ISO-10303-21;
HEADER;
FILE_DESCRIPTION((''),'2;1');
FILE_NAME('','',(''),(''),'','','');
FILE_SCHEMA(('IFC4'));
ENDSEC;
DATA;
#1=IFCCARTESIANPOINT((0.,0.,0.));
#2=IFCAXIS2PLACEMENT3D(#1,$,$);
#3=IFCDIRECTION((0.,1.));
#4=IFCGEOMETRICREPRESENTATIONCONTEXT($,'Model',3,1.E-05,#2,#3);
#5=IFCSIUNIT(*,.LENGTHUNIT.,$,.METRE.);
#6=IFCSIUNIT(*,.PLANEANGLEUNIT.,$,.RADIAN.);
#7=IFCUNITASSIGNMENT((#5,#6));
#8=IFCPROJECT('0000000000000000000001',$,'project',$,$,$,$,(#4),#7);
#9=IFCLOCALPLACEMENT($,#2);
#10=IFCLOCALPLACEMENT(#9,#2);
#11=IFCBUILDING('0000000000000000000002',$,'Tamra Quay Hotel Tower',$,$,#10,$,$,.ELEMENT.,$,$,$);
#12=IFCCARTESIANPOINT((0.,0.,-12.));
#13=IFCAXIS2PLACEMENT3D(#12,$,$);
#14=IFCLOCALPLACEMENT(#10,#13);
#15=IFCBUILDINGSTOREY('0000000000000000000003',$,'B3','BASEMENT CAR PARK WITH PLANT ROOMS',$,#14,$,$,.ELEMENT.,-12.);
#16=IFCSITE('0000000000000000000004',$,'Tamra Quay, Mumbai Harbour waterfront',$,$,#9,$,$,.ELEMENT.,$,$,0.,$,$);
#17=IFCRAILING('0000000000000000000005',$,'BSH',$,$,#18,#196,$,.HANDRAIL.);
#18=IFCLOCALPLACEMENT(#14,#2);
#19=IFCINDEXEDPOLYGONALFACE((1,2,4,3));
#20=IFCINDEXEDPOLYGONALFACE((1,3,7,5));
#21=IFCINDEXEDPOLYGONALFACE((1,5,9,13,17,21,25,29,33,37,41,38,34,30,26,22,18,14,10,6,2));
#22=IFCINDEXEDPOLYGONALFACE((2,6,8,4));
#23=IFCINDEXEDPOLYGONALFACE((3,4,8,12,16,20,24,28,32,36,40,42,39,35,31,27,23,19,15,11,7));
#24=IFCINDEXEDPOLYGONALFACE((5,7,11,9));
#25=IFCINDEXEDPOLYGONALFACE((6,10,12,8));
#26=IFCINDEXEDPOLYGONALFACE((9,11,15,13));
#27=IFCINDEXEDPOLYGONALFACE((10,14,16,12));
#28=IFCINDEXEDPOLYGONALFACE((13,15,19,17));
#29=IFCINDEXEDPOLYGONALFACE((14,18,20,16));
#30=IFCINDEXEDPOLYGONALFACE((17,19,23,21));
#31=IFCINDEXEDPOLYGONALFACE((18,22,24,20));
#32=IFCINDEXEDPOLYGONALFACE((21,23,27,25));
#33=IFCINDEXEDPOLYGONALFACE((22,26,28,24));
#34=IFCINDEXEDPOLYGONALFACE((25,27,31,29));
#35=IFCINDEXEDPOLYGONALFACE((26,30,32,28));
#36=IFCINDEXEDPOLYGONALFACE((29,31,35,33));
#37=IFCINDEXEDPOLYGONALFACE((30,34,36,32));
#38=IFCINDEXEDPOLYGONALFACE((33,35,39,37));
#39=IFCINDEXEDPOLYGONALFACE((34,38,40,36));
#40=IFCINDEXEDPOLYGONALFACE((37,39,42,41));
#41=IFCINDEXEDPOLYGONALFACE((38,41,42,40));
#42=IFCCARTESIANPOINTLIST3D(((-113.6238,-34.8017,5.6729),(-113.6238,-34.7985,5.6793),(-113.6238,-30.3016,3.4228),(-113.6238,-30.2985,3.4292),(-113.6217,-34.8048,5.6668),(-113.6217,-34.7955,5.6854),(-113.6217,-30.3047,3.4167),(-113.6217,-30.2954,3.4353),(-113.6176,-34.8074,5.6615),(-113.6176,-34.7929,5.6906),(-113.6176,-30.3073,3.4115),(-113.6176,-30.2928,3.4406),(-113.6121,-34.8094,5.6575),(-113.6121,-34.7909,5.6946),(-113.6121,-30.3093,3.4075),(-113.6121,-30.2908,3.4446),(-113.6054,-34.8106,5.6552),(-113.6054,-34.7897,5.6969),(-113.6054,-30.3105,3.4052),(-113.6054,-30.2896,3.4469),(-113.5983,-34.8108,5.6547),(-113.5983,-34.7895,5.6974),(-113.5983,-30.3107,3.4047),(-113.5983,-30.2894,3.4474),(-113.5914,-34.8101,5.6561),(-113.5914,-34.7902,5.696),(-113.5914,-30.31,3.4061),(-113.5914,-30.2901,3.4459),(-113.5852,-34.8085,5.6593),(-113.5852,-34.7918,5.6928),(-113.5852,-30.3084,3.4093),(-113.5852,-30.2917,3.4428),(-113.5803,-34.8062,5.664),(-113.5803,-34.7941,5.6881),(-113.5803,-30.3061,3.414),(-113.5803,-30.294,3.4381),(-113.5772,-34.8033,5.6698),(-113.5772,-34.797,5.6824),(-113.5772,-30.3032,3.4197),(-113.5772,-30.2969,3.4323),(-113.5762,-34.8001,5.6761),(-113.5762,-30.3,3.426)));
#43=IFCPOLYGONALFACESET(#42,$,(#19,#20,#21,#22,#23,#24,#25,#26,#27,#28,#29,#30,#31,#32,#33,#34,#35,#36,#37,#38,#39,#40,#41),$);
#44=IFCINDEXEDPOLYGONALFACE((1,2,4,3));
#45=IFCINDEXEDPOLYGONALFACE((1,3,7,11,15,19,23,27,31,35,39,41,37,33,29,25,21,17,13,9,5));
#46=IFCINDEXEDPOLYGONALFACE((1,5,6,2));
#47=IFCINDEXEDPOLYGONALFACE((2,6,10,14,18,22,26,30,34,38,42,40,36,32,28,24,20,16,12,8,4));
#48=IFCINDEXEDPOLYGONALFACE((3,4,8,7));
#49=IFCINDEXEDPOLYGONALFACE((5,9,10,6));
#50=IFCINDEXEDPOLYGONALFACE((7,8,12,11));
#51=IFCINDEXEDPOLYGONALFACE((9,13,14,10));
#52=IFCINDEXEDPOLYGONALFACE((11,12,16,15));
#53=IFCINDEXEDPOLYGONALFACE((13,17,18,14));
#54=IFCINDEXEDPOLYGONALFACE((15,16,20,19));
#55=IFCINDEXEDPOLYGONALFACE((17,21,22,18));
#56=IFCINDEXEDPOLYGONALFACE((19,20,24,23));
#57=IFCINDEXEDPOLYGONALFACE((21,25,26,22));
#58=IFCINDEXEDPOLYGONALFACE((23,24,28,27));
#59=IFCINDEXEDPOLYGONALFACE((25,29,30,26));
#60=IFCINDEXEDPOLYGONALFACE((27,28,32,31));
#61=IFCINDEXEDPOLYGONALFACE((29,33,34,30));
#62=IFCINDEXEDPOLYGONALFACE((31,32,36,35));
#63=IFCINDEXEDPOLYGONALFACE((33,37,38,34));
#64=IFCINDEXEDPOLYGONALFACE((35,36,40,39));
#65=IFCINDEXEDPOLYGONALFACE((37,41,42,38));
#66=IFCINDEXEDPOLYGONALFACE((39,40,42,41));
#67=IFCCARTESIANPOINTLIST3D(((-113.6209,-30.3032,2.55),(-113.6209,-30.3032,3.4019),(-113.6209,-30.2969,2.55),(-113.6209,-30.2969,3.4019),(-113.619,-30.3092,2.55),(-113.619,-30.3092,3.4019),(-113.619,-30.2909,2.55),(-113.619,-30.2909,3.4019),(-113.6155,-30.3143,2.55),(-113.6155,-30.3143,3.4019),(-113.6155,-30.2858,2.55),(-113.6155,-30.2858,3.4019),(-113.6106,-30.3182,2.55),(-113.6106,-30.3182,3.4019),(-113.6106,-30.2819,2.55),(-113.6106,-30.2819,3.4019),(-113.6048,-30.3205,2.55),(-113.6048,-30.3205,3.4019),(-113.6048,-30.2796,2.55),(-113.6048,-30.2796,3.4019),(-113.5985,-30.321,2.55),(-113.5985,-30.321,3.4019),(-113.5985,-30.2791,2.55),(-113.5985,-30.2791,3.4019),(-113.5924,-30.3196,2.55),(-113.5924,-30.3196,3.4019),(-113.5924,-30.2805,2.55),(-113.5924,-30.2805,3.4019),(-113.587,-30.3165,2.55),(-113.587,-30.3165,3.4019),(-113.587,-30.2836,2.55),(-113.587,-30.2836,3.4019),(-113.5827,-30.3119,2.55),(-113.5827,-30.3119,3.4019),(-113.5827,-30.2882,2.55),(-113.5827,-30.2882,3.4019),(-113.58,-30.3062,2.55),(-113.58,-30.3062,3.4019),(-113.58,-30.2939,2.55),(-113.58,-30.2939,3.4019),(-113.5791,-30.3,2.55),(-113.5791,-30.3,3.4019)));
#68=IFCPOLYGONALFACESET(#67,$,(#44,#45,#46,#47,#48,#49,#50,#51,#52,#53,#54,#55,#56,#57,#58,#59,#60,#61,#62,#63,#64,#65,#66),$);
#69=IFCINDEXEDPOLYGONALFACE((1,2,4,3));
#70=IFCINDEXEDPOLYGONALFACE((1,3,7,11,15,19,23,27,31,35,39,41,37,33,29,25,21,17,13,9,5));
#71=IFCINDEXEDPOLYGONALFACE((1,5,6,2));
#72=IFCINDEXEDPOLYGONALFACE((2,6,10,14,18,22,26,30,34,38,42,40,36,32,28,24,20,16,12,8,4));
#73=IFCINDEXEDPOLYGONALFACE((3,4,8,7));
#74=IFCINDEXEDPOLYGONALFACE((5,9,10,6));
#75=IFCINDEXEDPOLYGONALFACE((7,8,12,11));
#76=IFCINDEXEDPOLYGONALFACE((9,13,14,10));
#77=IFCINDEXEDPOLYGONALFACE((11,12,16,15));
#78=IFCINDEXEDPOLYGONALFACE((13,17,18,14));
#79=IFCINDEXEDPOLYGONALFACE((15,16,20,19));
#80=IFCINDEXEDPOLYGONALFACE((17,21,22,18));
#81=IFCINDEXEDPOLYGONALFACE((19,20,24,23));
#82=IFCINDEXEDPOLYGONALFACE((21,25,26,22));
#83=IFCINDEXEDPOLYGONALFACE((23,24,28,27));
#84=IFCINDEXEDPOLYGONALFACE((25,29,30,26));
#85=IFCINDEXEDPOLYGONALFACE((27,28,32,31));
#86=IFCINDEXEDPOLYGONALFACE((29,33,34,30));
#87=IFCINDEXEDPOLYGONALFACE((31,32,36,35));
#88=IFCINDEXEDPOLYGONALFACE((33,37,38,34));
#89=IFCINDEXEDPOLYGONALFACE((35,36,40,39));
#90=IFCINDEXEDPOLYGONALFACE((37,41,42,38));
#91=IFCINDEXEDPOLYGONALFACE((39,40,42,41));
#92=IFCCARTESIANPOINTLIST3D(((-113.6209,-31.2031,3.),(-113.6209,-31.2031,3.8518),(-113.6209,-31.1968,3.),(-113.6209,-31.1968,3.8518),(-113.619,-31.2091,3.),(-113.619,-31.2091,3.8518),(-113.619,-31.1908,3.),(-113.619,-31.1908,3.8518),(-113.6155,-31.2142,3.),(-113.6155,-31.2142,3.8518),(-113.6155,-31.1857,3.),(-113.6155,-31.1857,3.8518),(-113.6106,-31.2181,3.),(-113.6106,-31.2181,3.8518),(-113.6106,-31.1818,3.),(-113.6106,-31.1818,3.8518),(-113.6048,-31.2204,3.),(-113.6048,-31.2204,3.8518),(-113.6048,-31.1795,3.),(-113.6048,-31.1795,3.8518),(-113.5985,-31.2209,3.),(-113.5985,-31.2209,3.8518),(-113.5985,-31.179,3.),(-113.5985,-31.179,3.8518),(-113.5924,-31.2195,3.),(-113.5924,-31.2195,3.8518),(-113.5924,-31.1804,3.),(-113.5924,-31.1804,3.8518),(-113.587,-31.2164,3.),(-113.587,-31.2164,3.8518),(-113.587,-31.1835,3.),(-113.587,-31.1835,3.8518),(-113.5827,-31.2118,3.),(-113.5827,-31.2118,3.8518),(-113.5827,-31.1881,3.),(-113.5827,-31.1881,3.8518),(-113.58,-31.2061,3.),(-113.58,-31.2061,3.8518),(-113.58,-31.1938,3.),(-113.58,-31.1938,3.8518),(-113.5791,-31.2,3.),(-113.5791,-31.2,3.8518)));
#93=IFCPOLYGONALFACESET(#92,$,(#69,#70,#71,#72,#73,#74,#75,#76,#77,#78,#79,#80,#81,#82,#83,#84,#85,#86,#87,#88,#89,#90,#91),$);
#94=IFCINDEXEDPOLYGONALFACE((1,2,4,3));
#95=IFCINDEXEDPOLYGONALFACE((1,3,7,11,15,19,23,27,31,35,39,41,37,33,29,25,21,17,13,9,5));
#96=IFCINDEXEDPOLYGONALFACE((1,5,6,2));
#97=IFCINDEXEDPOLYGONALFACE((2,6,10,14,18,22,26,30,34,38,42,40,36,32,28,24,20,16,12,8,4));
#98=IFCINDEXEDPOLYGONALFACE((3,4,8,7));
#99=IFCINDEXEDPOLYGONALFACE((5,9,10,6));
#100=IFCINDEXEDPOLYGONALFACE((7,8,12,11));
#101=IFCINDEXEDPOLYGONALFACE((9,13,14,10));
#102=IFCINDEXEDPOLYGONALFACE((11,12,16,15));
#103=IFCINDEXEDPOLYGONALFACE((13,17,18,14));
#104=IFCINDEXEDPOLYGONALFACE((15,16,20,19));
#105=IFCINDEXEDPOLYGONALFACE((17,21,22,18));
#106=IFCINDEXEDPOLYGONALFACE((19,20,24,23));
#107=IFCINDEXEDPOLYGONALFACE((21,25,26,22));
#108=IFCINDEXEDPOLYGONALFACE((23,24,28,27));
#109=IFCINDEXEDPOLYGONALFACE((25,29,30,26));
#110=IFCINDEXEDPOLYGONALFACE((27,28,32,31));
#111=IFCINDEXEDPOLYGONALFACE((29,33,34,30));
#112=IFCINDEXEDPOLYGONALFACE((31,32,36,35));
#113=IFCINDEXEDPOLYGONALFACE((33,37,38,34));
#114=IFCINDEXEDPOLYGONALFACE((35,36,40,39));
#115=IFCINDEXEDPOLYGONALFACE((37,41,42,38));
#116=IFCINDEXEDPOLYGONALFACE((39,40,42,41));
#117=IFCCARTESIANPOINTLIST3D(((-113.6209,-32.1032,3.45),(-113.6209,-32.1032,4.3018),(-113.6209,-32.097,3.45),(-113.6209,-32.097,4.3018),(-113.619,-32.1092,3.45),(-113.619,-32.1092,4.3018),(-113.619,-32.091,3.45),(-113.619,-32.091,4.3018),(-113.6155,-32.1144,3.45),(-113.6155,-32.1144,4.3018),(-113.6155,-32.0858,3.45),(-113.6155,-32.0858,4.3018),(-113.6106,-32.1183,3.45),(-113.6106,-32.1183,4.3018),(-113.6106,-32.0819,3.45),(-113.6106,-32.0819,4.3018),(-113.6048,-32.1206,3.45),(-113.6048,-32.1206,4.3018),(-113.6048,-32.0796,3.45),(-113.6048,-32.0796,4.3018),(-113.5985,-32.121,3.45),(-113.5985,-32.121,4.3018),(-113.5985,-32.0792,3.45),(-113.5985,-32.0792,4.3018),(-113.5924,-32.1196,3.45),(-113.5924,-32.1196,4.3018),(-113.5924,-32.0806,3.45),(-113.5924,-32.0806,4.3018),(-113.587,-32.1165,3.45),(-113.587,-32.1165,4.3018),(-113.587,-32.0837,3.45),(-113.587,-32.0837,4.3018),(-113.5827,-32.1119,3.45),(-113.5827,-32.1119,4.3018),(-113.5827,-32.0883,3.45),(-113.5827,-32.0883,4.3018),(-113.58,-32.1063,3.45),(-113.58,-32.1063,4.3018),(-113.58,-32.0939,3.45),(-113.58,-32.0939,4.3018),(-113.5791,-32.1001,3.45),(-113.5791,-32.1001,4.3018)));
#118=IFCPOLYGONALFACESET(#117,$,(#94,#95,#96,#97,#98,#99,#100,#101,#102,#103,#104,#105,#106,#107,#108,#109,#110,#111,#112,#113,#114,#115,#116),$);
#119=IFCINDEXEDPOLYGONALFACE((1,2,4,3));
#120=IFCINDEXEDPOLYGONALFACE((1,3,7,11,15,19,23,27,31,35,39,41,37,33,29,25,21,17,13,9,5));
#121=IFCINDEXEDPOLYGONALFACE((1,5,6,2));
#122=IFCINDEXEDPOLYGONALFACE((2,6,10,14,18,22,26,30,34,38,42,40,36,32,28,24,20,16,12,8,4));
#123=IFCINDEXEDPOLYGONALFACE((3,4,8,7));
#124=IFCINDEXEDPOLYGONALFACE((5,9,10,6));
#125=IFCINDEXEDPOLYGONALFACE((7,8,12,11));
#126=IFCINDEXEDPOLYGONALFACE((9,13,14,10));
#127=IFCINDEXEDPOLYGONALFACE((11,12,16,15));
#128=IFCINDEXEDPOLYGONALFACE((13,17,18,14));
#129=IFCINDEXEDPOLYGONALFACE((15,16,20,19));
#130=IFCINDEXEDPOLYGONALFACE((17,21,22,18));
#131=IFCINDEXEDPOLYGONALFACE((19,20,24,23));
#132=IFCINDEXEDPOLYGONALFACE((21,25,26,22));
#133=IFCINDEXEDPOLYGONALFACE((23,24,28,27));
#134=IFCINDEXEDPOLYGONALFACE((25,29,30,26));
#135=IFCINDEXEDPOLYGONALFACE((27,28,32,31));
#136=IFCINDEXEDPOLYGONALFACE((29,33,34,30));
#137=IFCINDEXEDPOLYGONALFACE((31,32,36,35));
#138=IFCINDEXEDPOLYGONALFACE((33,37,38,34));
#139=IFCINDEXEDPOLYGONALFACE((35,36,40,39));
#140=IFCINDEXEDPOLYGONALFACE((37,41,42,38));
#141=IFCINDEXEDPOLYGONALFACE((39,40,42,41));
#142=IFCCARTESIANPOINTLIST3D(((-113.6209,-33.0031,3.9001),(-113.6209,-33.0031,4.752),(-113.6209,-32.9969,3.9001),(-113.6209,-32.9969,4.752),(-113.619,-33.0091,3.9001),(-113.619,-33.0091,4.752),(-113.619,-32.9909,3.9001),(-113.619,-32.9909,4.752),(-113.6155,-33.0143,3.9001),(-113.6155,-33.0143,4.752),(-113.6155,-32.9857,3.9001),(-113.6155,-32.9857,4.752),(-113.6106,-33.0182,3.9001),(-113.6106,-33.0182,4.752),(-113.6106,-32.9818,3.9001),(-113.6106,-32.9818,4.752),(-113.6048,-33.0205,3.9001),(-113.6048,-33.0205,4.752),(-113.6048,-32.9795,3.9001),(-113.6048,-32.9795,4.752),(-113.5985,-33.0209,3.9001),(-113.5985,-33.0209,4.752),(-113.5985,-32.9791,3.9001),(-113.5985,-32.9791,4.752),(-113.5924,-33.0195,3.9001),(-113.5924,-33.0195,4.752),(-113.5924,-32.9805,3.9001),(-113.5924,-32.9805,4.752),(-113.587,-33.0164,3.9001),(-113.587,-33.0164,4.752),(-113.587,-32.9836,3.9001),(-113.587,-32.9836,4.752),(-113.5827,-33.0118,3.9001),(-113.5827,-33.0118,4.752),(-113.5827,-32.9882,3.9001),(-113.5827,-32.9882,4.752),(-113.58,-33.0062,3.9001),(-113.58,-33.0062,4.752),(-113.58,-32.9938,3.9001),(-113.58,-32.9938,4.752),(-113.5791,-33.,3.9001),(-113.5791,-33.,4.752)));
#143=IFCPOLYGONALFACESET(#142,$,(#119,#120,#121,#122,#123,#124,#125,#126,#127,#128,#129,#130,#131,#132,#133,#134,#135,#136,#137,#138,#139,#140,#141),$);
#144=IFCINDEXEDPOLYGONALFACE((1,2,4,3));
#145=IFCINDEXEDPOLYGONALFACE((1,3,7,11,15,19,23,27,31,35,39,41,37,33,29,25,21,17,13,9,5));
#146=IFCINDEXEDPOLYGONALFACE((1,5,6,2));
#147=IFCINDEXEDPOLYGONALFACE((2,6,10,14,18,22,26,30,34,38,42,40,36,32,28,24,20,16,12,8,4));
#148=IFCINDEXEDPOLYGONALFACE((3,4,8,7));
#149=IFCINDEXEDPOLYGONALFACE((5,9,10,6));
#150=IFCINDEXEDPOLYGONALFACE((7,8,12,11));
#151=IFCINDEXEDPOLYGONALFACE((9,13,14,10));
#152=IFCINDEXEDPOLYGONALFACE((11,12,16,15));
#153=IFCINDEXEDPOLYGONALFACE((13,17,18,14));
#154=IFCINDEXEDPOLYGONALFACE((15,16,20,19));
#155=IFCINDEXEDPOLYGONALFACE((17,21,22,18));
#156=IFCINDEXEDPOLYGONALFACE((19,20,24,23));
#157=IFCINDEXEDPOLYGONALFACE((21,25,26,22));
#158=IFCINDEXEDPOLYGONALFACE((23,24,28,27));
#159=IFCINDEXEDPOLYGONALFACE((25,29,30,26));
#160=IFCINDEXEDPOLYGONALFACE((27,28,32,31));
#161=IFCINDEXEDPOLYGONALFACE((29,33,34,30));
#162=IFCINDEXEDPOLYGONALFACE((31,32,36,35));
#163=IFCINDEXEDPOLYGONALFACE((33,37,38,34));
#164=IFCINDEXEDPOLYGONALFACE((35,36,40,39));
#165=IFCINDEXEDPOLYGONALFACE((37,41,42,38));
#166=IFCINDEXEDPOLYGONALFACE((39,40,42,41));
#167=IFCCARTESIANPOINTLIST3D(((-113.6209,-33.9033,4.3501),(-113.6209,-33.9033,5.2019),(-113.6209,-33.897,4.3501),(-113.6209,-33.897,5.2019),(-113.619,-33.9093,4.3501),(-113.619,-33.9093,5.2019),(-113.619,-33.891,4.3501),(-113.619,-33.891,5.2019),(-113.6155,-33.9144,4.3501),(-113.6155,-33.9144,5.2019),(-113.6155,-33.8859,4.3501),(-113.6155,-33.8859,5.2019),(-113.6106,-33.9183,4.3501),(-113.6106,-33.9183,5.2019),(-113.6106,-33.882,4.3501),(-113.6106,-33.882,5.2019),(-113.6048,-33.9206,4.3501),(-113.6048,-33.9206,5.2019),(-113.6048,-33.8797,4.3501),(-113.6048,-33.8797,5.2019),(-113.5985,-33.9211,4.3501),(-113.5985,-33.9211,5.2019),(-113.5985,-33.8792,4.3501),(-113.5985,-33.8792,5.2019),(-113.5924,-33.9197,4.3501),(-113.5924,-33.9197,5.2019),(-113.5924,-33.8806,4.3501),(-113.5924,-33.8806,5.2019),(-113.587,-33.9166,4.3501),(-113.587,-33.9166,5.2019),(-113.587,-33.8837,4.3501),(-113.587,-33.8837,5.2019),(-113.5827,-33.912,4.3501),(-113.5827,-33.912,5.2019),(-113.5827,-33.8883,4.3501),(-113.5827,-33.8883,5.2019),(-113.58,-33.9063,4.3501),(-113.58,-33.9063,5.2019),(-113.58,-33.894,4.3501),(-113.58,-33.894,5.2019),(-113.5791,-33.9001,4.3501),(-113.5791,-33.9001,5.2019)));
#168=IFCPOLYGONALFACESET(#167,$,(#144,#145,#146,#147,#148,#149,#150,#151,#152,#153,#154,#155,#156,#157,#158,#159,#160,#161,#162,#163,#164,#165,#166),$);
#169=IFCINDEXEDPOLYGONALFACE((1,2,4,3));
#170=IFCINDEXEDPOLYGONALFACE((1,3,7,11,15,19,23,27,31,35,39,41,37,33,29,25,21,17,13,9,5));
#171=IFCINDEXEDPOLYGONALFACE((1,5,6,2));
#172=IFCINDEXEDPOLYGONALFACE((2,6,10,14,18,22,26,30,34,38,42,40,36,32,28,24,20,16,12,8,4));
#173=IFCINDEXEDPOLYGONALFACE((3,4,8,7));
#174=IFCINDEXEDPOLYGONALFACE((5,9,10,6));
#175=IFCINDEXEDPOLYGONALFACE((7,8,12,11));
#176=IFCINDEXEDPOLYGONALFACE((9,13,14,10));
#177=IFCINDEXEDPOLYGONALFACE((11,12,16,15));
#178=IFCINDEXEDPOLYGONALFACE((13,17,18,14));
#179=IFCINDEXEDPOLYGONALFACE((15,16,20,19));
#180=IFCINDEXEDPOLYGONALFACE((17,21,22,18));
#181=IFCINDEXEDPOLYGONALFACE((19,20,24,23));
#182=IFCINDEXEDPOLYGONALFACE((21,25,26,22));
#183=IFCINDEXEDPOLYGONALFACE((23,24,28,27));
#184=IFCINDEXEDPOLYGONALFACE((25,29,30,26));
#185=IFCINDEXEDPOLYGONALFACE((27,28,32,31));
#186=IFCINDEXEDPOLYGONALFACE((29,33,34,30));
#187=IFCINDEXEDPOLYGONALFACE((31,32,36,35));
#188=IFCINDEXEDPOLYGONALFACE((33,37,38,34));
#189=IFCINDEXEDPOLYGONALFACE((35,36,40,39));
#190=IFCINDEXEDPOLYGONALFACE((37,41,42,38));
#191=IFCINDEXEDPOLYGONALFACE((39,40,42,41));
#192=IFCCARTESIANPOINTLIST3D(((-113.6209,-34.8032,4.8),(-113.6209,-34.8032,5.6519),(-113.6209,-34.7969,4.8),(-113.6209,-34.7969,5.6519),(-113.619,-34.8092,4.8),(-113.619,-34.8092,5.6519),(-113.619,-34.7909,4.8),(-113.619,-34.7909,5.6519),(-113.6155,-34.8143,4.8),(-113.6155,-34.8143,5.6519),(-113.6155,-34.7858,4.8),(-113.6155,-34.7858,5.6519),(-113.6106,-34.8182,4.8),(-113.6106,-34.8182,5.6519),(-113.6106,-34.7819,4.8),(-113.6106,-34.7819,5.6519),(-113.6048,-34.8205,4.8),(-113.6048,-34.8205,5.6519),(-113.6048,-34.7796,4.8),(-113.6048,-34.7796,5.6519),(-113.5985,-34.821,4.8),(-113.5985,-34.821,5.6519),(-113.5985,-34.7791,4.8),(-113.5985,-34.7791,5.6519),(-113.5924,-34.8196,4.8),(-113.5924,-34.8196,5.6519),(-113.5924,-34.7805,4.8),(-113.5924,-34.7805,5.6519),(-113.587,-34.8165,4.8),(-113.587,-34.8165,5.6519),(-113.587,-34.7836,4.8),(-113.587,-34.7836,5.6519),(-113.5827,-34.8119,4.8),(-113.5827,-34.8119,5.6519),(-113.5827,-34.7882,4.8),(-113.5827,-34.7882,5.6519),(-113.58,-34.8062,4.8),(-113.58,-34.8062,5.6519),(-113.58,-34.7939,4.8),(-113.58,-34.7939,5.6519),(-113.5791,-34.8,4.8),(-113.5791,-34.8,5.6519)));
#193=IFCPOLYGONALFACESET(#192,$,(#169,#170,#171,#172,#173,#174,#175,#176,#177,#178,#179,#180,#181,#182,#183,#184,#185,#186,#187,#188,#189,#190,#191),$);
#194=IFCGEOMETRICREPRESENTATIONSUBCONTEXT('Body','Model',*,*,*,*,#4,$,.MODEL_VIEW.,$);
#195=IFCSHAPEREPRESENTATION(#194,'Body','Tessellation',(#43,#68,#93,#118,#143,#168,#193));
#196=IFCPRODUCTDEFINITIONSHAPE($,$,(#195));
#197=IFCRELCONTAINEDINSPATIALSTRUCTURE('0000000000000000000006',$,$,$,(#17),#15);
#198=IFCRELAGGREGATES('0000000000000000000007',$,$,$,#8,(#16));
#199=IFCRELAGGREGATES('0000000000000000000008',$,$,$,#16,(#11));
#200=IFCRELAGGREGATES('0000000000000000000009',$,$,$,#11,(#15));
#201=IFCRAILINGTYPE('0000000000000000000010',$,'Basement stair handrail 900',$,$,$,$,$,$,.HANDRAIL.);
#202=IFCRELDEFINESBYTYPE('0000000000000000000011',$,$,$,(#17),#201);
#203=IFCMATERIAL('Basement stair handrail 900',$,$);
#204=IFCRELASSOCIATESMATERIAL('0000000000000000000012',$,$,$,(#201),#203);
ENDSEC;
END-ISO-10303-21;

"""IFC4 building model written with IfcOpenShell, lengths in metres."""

from ifc_helpers import new_model, si_unit, direction, frame, origin, origin_2d, place, context, subcontext, project, spatial, circle, extrude, material, type_object, element, save


model = new_model("IFC4")

# Units and contexts
model_context = context("Model", 3, precision=1e-05, world=origin(), true_north=direction((0.0, 1.0)))
body_context = subcontext(model_context, "Body", "Model", "MODEL_VIEW")
ifc_project = project(units=[si_unit("LENGTHUNIT", "METRE"), si_unit("PLANEANGLEUNIT", "RADIAN")], contexts=[model_context])

# Site, building, storey
site_placement = place(None, origin())
site = spatial("IfcSite", under=ifc_project, at=site_placement, Name="Tamra Quay, Mumbai Harbour waterfront", CompositionType="ELEMENT", RefElevation=0.0)
building_placement = place(site_placement, origin())
building = spatial("IfcBuilding", under=site, at=building_placement, Name="Tamra Quay Hotel Tower", CompositionType="ELEMENT")
storey_placement = place(building_placement, frame((0.0, 0.0, -12.0)))
storey = spatial("IfcBuildingStorey", under=building, at=storey_placement, Name="B3", Description="BASEMENT CAR PARK WITH PLANT ROOMS", CompositionType="ELEMENT", Elevation=-12.0)

# Railing
ifc_material_1 = material(Name="Basement stair handrail 900")
railing_type_1 = type_object("IfcRailingType", Name="Basement stair handrail 900", PredefinedType="HANDRAIL", material=ifc_material_1)
railing_1_placement = place(storey_placement, frame((-113.6001, -30.3, 2.55)))
element("IfcRailing", 1, at=railing_1_placement, inside=storey, type_object=railing_type_1, Name="BSH", PredefinedType="HANDRAIL", context=body_context, shape_type="SweptSolid", body=[
    extrude(circle(Radius=0.0239, at=origin_2d()), frame((0.0, 0.0, 0.876), z_axis=(0.0, -0.894427, 0.447214), x_axis=(1.0, 0.0, 0.0)), (0.0, 0.0, 1.0), 5.0312),
    extrude(circle(Radius=0.021, at=origin_2d()), origin(), (0.0, 0.0, 1.0), 0.8518),
    extrude(circle(Radius=0.021, at=origin_2d()), frame((0.0, -0.8999, 0.45)), (0.0, 0.0, 1.0), 0.8518),
    extrude(circle(Radius=0.021, at=origin_2d()), frame((0.0, -1.8, 0.8999)), (0.0, 0.0, 1.0), 0.8518),
    extrude(circle(Radius=0.021, at=origin_2d()), frame((0.0, -2.7, 1.3501)), (0.0, 0.0, 1.0), 0.8518),
    extrude(circle(Radius=0.021, at=origin_2d()), frame((0.0, -3.6001, 1.8)), (0.0, 0.0, 1.0), 0.8518),
    extrude(circle(Radius=0.021, at=origin_2d()), frame((0.0, -4.5, 2.25)), (0.0, 0.0, 1.0), 0.8518),
])

save(model, "model.ifc")
